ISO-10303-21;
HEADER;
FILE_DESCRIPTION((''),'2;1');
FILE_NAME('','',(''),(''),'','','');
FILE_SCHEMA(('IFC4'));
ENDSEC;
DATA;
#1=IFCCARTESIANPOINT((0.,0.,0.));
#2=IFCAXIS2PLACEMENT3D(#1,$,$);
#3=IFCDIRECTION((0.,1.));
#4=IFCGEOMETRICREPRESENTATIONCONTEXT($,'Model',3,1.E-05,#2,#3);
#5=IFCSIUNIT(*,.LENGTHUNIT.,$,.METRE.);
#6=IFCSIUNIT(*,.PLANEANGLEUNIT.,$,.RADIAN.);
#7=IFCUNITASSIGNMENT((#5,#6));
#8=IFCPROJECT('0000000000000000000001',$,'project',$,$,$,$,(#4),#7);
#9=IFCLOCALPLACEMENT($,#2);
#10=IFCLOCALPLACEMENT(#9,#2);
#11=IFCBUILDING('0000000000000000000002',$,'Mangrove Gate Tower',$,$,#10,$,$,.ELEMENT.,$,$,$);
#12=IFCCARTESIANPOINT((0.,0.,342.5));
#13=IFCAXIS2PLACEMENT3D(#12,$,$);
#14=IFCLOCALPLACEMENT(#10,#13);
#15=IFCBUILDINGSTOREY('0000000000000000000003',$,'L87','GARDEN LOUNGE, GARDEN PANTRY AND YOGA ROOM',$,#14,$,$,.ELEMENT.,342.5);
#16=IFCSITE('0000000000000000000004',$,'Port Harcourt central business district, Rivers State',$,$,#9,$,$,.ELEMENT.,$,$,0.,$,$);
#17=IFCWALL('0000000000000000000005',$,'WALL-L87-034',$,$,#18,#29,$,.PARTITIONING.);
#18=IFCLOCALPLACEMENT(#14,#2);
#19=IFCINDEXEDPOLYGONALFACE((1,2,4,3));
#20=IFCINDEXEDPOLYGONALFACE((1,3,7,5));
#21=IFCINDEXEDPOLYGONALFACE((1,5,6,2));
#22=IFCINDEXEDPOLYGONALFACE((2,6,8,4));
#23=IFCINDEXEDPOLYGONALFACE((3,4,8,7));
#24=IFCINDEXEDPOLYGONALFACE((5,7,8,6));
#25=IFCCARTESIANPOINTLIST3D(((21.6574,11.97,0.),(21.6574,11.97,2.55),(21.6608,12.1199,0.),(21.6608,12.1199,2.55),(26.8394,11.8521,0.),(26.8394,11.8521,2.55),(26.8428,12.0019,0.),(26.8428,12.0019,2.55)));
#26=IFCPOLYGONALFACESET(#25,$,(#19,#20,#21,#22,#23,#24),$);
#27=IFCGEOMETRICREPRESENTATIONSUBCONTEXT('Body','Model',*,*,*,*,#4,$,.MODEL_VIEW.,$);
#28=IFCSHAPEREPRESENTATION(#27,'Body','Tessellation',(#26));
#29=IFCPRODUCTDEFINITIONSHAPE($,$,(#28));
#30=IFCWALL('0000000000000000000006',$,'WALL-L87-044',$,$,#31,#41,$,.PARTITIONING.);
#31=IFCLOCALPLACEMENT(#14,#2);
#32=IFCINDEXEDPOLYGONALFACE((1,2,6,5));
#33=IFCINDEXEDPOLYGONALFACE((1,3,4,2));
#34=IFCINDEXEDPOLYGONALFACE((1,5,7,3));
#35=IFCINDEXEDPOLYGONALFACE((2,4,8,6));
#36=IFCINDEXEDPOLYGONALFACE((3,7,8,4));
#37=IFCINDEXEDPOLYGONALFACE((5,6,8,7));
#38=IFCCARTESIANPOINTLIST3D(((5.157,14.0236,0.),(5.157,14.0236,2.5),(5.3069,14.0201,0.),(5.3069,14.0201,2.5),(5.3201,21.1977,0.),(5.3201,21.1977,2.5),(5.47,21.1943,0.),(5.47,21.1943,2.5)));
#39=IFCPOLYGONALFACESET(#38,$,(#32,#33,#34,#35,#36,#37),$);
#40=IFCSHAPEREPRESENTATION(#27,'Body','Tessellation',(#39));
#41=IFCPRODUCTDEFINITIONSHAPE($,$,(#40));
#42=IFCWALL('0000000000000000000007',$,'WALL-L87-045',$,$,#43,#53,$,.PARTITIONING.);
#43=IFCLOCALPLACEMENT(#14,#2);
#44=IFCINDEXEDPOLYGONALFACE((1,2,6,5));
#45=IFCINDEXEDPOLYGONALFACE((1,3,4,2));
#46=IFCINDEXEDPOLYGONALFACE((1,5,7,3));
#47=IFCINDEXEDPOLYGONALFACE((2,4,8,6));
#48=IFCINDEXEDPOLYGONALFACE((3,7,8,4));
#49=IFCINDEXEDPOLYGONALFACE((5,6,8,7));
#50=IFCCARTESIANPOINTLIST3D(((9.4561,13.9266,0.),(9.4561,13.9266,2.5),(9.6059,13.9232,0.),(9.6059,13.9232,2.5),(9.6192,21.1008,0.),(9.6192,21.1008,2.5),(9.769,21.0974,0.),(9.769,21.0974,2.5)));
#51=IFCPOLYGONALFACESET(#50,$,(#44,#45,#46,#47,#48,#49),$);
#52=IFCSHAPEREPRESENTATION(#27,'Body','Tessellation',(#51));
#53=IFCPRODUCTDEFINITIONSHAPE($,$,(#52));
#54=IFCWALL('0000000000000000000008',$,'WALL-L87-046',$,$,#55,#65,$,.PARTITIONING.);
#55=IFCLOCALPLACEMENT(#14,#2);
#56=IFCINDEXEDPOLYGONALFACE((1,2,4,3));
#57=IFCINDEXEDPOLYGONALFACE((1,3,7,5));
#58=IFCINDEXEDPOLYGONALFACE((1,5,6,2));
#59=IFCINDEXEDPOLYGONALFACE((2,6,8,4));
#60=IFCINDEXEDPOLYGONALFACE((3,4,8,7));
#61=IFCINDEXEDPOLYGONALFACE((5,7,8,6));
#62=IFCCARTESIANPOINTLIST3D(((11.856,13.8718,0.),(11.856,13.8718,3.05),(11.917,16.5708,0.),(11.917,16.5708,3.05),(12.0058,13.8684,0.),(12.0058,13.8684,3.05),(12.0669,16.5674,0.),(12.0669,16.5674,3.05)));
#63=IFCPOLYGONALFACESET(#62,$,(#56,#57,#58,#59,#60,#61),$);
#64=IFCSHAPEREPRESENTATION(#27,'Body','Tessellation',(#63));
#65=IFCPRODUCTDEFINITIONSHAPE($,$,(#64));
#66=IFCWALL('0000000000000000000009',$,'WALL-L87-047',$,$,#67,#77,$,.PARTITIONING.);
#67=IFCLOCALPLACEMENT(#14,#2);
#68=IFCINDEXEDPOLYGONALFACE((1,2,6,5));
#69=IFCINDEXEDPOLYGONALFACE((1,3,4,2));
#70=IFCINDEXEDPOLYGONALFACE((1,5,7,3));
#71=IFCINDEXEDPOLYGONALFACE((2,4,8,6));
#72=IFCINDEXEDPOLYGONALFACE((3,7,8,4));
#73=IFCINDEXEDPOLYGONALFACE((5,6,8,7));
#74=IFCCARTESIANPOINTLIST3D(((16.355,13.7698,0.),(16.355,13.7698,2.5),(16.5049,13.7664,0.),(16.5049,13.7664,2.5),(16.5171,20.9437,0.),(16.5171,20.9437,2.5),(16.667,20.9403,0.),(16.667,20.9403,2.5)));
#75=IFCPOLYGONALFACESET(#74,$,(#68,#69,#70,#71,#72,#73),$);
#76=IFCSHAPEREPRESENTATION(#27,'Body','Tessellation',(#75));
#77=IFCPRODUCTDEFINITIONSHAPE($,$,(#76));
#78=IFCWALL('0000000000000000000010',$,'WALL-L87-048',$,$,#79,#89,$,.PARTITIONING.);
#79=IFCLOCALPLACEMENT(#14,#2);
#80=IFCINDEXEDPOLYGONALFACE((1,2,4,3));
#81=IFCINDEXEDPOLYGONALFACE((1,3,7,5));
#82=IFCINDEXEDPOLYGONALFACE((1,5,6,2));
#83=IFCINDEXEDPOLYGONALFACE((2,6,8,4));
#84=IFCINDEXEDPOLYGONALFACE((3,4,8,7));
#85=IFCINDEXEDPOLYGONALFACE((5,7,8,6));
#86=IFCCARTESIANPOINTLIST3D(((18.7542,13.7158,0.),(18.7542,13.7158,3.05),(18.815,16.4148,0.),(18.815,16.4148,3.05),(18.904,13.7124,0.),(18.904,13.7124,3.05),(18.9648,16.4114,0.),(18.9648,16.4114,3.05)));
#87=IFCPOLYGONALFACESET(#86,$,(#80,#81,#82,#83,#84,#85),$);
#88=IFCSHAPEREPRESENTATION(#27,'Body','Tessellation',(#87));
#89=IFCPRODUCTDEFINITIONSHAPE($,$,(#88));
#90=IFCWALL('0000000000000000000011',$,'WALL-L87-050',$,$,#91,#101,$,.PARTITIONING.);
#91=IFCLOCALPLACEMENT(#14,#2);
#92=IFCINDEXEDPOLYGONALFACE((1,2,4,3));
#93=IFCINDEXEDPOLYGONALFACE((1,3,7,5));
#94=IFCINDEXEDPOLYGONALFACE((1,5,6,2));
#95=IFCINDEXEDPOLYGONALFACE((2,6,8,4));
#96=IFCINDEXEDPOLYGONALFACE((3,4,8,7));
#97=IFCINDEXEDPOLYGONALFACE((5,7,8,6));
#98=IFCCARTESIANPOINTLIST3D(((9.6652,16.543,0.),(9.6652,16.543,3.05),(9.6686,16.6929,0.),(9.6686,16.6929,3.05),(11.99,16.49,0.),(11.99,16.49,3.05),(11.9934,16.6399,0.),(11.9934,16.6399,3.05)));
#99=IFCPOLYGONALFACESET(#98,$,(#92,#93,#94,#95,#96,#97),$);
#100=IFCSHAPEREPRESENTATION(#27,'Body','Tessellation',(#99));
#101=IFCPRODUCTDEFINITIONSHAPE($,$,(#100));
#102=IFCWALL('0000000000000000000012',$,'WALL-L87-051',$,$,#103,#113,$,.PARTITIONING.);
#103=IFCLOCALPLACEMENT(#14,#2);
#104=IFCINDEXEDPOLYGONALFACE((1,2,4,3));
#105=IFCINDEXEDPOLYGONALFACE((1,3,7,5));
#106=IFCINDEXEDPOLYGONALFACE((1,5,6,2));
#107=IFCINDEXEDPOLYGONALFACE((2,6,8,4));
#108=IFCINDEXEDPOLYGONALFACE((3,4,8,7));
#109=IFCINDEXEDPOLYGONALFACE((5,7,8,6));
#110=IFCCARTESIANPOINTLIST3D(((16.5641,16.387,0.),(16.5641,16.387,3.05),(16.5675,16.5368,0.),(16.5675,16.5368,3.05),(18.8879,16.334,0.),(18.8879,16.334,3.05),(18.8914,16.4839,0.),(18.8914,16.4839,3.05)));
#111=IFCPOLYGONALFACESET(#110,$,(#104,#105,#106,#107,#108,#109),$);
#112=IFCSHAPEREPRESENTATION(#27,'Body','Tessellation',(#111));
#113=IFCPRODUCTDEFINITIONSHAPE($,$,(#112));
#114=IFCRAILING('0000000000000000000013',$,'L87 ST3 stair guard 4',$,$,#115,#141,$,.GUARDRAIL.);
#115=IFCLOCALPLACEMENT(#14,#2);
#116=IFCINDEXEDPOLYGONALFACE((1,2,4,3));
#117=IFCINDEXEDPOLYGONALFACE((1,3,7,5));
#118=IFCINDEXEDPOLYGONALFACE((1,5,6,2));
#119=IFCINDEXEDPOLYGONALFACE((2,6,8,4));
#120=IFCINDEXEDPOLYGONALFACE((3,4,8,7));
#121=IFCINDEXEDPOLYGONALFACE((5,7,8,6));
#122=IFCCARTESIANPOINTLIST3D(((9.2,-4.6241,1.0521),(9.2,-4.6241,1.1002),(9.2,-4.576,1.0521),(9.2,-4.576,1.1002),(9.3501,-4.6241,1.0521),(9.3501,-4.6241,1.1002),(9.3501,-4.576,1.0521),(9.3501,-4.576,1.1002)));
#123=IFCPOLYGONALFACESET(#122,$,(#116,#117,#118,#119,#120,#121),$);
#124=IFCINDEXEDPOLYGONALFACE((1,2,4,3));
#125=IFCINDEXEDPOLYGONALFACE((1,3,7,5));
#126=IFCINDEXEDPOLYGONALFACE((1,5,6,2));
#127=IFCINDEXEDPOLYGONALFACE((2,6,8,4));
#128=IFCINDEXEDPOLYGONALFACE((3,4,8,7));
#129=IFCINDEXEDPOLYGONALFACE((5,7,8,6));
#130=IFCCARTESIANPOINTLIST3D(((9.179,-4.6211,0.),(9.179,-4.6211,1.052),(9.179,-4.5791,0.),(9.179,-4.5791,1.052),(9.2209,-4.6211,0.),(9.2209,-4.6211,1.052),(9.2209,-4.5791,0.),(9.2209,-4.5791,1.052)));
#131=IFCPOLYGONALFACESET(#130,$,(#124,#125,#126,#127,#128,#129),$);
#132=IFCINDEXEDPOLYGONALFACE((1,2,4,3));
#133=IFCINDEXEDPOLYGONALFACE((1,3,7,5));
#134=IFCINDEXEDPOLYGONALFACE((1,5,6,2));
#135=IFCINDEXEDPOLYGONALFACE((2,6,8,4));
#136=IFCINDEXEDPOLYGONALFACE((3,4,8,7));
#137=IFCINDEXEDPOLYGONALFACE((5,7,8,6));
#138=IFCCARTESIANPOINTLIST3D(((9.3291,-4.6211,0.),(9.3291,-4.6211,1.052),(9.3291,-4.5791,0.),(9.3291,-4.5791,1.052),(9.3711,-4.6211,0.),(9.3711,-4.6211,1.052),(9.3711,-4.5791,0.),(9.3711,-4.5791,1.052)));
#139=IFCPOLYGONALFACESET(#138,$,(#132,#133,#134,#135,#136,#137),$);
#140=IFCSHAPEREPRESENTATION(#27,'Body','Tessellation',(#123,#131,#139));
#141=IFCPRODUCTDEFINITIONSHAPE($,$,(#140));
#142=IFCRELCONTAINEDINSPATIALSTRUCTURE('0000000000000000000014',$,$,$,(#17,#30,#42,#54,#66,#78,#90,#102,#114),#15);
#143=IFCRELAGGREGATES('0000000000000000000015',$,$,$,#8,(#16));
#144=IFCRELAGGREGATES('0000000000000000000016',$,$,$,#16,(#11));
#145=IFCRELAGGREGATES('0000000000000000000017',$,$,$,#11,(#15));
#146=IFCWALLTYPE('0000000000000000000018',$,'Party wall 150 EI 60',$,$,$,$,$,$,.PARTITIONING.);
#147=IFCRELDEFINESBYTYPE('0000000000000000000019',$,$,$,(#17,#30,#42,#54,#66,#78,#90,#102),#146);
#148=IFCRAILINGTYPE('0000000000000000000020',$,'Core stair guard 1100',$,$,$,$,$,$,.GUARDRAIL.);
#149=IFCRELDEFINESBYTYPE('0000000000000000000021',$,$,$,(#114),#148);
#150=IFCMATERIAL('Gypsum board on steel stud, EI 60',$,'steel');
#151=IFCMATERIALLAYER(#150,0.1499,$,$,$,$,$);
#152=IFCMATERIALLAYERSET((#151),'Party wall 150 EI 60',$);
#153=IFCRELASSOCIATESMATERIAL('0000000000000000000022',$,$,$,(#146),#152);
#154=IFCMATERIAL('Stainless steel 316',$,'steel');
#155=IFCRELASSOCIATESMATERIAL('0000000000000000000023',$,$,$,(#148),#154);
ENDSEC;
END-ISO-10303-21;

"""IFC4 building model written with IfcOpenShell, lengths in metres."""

from ifc_helpers import new_model, si_unit, direction, frame, frame_2d, origin, origin_2d, place, context, subcontext, project, spatial, rectangle, extrude, material, layer, layer_set, type_object, element, save


model = new_model("IFC4")

# Units and contexts
model_context = context("Model", 3, precision=1e-05, world=origin(), true_north=direction((0.0, 1.0)))
body_context = subcontext(model_context, "Body", "Model", "MODEL_VIEW")
ifc_project = project(units=[si_unit("LENGTHUNIT", "METRE"), si_unit("PLANEANGLEUNIT", "RADIAN")], contexts=[model_context])

# Site, building, storey
site_placement = place(None, origin())
site = spatial("IfcSite", under=ifc_project, at=site_placement, Name="Port Harcourt central business district, Rivers State", CompositionType="ELEMENT", RefElevation=0.0)
building_placement = place(site_placement, origin())
building = spatial("IfcBuilding", under=site, at=building_placement, Name="Mangrove Gate Tower", CompositionType="ELEMENT")
storey_placement = place(building_placement, frame((0.0, 0.0, 342.5)))
storey = spatial("IfcBuildingStorey", under=building, at=storey_placement, Name="L87", Description="GARDEN LOUNGE, GARDEN PANTRY AND YOGA ROOM", CompositionType="ELEMENT", Elevation=342.5)

# Walls
ifc_material_1 = material(Name="Gypsum board on steel stud, EI 60", Category="steel")
ifc_layer_1 = layer(ifc_material_1, 0.1499)
ifc_layer_set_1 = layer_set([ifc_layer_1], Name="Party wall 150 EI 60")
wall_type_1 = type_object("IfcWallType", Name="Party wall 150 EI 60", PredefinedType="PARTITIONING", material=ifc_layer_set_1)
wall_1_placement = place(storey_placement, frame((21.6589, 12.0449, 0.0), z_axis=(0.0, 0.0, 1.0), x_axis=(0.999741, -0.022749, 0.0)))
element("IfcWall", 1, at=wall_1_placement, inside=storey, type_object=wall_type_1, Name="WALL-L87-034", PredefinedType="PARTITIONING", context=body_context, shape_type="SweptSolid", body=[
    extrude(rectangle(XDim=5.1833, YDim=0.1499, at=frame_2d((2.5918, 0.0))), origin(), (0.0, 0.0, 1.0), 2.55),
])
for number, where, z_axis, x_axis, name in (
    (2, (5.2319, 14.022, 0.0), (0.0, 0.0, 1.0), (0.022727, 0.999742, 0.0), "WALL-L87-044"),
    (3, (9.531, 13.925, 0.0), (0.0, 0.0, 1.0), (0.022727, 0.999742, 0.0), "WALL-L87-045"),
):
    element("IfcWall", number, at=place(storey_placement, frame(where, z_axis=z_axis, x_axis=x_axis)), inside=storey, type_object=wall_type_1, Name=name, PredefinedType="PARTITIONING", context=body_context, shape_type="SweptSolid", body=[
        extrude(rectangle(XDim=7.176, YDim=0.1499, at=frame_2d((3.5879, 0.0))), origin(), (0.0, 0.0, 1.0), 2.5),
    ])
wall_2_placement = place(storey_placement, frame((11.9309, 13.8701, 0.0), z_axis=(0.0, 0.0, 1.0), x_axis=(0.022608, 0.999744, 0.0)))
element("IfcWall", 4, at=wall_2_placement, inside=storey, type_object=wall_type_1, Name="WALL-L87-046", PredefinedType="PARTITIONING", context=body_context, shape_type="SweptSolid", body=[
    extrude(rectangle(XDim=2.6997, YDim=0.1499, at=frame_2d((1.3499, 0.0))), origin(), (0.0, 0.0, 1.0), 3.05),
])
wall_3_placement = place(storey_placement, frame((16.4299, 13.7681, 0.0), z_axis=(0.0, 0.0, 1.0), x_axis=(0.022592, 0.999745, 0.0)))
element("IfcWall", 5, at=wall_3_placement, inside=storey, type_object=wall_type_1, Name="WALL-L87-047", PredefinedType="PARTITIONING", context=body_context, shape_type="SweptSolid", body=[
    extrude(rectangle(XDim=7.1758, YDim=0.1499, at=frame_2d((3.5879, 0.0))), origin(), (0.0, 0.0, 1.0), 2.5),
])
wall_4_placement = place(storey_placement, frame((18.8291, 13.7141, 0.0), z_axis=(0.0, 0.0, 1.0), x_axis=(0.022518, 0.999746, 0.0)))
element("IfcWall", 6, at=wall_4_placement, inside=storey, type_object=wall_type_1, Name="WALL-L87-048", PredefinedType="PARTITIONING", context=body_context, shape_type="SweptSolid", body=[
    extrude(rectangle(XDim=2.6997, YDim=0.1499, at=frame_2d((1.3499, 0.0))), origin(), (0.0, 0.0, 1.0), 3.05),
])
wall_5_placement = place(storey_placement, frame((9.667, 16.6179, 0.0), z_axis=(0.0, 0.0, 1.0), x_axis=(0.99974, -0.022781, 0.0)))
element("IfcWall", 7, at=wall_5_placement, inside=storey, type_object=wall_type_1, Name="WALL-L87-050", PredefinedType="PARTITIONING", context=body_context, shape_type="SweptSolid", body=[
    extrude(rectangle(XDim=2.3254, YDim=0.1499, at=frame_2d((1.1626, 0.0))), origin(), (0.0, 0.0, 1.0), 3.05),
])
wall_6_placement = place(storey_placement, frame((16.5659, 16.4619, 0.0), z_axis=(0.0, 0.0, 1.0), x_axis=(0.99974, -0.022791, 0.0)))
element("IfcWall", 8, at=wall_6_placement, inside=storey, type_object=wall_type_1, Name="WALL-L87-051", PredefinedType="PARTITIONING", context=body_context, shape_type="SweptSolid", body=[
    extrude(rectangle(XDim=2.3245, YDim=0.1499, at=frame_2d((1.1621, 0.0))), origin(), (0.0, 0.0, 1.0), 3.05),
])

# Railing
ifc_material_2 = material(Name="Stainless steel 316", Category="steel")
railing_type = type_object("IfcRailingType", Name="Core stair guard 1100", PredefinedType="GUARDRAIL", material=ifc_material_2)
railing_placement = place(storey_placement, frame((9.2, -4.6001, 0.0)))
element("IfcRailing", 9, at=railing_placement, inside=storey, type_object=railing_type, Name="L87 ST3 stair guard 4", PredefinedType="GUARDRAIL", context=body_context, shape_type="SweptSolid", body=[
    extrude(rectangle(XDim=0.0481, YDim=0.0481, at=origin_2d()), frame((0.0, 0.0, 1.0762), z_axis=(1.0, 0.0, 0.0), x_axis=(0.0, 1.0, 0.0)), (0.0, 0.0, 1.0), 0.1501),
    extrude(rectangle(XDim=0.042, YDim=0.042, at=origin_2d()), origin(), (0.0, 0.0, 1.0), 1.052),
    extrude(rectangle(XDim=0.042, YDim=0.042, at=origin_2d()), frame((0.1501, 0.0, 0.0)), (0.0, 0.0, 1.0), 1.052),
])

save(model, "model.ifc")
